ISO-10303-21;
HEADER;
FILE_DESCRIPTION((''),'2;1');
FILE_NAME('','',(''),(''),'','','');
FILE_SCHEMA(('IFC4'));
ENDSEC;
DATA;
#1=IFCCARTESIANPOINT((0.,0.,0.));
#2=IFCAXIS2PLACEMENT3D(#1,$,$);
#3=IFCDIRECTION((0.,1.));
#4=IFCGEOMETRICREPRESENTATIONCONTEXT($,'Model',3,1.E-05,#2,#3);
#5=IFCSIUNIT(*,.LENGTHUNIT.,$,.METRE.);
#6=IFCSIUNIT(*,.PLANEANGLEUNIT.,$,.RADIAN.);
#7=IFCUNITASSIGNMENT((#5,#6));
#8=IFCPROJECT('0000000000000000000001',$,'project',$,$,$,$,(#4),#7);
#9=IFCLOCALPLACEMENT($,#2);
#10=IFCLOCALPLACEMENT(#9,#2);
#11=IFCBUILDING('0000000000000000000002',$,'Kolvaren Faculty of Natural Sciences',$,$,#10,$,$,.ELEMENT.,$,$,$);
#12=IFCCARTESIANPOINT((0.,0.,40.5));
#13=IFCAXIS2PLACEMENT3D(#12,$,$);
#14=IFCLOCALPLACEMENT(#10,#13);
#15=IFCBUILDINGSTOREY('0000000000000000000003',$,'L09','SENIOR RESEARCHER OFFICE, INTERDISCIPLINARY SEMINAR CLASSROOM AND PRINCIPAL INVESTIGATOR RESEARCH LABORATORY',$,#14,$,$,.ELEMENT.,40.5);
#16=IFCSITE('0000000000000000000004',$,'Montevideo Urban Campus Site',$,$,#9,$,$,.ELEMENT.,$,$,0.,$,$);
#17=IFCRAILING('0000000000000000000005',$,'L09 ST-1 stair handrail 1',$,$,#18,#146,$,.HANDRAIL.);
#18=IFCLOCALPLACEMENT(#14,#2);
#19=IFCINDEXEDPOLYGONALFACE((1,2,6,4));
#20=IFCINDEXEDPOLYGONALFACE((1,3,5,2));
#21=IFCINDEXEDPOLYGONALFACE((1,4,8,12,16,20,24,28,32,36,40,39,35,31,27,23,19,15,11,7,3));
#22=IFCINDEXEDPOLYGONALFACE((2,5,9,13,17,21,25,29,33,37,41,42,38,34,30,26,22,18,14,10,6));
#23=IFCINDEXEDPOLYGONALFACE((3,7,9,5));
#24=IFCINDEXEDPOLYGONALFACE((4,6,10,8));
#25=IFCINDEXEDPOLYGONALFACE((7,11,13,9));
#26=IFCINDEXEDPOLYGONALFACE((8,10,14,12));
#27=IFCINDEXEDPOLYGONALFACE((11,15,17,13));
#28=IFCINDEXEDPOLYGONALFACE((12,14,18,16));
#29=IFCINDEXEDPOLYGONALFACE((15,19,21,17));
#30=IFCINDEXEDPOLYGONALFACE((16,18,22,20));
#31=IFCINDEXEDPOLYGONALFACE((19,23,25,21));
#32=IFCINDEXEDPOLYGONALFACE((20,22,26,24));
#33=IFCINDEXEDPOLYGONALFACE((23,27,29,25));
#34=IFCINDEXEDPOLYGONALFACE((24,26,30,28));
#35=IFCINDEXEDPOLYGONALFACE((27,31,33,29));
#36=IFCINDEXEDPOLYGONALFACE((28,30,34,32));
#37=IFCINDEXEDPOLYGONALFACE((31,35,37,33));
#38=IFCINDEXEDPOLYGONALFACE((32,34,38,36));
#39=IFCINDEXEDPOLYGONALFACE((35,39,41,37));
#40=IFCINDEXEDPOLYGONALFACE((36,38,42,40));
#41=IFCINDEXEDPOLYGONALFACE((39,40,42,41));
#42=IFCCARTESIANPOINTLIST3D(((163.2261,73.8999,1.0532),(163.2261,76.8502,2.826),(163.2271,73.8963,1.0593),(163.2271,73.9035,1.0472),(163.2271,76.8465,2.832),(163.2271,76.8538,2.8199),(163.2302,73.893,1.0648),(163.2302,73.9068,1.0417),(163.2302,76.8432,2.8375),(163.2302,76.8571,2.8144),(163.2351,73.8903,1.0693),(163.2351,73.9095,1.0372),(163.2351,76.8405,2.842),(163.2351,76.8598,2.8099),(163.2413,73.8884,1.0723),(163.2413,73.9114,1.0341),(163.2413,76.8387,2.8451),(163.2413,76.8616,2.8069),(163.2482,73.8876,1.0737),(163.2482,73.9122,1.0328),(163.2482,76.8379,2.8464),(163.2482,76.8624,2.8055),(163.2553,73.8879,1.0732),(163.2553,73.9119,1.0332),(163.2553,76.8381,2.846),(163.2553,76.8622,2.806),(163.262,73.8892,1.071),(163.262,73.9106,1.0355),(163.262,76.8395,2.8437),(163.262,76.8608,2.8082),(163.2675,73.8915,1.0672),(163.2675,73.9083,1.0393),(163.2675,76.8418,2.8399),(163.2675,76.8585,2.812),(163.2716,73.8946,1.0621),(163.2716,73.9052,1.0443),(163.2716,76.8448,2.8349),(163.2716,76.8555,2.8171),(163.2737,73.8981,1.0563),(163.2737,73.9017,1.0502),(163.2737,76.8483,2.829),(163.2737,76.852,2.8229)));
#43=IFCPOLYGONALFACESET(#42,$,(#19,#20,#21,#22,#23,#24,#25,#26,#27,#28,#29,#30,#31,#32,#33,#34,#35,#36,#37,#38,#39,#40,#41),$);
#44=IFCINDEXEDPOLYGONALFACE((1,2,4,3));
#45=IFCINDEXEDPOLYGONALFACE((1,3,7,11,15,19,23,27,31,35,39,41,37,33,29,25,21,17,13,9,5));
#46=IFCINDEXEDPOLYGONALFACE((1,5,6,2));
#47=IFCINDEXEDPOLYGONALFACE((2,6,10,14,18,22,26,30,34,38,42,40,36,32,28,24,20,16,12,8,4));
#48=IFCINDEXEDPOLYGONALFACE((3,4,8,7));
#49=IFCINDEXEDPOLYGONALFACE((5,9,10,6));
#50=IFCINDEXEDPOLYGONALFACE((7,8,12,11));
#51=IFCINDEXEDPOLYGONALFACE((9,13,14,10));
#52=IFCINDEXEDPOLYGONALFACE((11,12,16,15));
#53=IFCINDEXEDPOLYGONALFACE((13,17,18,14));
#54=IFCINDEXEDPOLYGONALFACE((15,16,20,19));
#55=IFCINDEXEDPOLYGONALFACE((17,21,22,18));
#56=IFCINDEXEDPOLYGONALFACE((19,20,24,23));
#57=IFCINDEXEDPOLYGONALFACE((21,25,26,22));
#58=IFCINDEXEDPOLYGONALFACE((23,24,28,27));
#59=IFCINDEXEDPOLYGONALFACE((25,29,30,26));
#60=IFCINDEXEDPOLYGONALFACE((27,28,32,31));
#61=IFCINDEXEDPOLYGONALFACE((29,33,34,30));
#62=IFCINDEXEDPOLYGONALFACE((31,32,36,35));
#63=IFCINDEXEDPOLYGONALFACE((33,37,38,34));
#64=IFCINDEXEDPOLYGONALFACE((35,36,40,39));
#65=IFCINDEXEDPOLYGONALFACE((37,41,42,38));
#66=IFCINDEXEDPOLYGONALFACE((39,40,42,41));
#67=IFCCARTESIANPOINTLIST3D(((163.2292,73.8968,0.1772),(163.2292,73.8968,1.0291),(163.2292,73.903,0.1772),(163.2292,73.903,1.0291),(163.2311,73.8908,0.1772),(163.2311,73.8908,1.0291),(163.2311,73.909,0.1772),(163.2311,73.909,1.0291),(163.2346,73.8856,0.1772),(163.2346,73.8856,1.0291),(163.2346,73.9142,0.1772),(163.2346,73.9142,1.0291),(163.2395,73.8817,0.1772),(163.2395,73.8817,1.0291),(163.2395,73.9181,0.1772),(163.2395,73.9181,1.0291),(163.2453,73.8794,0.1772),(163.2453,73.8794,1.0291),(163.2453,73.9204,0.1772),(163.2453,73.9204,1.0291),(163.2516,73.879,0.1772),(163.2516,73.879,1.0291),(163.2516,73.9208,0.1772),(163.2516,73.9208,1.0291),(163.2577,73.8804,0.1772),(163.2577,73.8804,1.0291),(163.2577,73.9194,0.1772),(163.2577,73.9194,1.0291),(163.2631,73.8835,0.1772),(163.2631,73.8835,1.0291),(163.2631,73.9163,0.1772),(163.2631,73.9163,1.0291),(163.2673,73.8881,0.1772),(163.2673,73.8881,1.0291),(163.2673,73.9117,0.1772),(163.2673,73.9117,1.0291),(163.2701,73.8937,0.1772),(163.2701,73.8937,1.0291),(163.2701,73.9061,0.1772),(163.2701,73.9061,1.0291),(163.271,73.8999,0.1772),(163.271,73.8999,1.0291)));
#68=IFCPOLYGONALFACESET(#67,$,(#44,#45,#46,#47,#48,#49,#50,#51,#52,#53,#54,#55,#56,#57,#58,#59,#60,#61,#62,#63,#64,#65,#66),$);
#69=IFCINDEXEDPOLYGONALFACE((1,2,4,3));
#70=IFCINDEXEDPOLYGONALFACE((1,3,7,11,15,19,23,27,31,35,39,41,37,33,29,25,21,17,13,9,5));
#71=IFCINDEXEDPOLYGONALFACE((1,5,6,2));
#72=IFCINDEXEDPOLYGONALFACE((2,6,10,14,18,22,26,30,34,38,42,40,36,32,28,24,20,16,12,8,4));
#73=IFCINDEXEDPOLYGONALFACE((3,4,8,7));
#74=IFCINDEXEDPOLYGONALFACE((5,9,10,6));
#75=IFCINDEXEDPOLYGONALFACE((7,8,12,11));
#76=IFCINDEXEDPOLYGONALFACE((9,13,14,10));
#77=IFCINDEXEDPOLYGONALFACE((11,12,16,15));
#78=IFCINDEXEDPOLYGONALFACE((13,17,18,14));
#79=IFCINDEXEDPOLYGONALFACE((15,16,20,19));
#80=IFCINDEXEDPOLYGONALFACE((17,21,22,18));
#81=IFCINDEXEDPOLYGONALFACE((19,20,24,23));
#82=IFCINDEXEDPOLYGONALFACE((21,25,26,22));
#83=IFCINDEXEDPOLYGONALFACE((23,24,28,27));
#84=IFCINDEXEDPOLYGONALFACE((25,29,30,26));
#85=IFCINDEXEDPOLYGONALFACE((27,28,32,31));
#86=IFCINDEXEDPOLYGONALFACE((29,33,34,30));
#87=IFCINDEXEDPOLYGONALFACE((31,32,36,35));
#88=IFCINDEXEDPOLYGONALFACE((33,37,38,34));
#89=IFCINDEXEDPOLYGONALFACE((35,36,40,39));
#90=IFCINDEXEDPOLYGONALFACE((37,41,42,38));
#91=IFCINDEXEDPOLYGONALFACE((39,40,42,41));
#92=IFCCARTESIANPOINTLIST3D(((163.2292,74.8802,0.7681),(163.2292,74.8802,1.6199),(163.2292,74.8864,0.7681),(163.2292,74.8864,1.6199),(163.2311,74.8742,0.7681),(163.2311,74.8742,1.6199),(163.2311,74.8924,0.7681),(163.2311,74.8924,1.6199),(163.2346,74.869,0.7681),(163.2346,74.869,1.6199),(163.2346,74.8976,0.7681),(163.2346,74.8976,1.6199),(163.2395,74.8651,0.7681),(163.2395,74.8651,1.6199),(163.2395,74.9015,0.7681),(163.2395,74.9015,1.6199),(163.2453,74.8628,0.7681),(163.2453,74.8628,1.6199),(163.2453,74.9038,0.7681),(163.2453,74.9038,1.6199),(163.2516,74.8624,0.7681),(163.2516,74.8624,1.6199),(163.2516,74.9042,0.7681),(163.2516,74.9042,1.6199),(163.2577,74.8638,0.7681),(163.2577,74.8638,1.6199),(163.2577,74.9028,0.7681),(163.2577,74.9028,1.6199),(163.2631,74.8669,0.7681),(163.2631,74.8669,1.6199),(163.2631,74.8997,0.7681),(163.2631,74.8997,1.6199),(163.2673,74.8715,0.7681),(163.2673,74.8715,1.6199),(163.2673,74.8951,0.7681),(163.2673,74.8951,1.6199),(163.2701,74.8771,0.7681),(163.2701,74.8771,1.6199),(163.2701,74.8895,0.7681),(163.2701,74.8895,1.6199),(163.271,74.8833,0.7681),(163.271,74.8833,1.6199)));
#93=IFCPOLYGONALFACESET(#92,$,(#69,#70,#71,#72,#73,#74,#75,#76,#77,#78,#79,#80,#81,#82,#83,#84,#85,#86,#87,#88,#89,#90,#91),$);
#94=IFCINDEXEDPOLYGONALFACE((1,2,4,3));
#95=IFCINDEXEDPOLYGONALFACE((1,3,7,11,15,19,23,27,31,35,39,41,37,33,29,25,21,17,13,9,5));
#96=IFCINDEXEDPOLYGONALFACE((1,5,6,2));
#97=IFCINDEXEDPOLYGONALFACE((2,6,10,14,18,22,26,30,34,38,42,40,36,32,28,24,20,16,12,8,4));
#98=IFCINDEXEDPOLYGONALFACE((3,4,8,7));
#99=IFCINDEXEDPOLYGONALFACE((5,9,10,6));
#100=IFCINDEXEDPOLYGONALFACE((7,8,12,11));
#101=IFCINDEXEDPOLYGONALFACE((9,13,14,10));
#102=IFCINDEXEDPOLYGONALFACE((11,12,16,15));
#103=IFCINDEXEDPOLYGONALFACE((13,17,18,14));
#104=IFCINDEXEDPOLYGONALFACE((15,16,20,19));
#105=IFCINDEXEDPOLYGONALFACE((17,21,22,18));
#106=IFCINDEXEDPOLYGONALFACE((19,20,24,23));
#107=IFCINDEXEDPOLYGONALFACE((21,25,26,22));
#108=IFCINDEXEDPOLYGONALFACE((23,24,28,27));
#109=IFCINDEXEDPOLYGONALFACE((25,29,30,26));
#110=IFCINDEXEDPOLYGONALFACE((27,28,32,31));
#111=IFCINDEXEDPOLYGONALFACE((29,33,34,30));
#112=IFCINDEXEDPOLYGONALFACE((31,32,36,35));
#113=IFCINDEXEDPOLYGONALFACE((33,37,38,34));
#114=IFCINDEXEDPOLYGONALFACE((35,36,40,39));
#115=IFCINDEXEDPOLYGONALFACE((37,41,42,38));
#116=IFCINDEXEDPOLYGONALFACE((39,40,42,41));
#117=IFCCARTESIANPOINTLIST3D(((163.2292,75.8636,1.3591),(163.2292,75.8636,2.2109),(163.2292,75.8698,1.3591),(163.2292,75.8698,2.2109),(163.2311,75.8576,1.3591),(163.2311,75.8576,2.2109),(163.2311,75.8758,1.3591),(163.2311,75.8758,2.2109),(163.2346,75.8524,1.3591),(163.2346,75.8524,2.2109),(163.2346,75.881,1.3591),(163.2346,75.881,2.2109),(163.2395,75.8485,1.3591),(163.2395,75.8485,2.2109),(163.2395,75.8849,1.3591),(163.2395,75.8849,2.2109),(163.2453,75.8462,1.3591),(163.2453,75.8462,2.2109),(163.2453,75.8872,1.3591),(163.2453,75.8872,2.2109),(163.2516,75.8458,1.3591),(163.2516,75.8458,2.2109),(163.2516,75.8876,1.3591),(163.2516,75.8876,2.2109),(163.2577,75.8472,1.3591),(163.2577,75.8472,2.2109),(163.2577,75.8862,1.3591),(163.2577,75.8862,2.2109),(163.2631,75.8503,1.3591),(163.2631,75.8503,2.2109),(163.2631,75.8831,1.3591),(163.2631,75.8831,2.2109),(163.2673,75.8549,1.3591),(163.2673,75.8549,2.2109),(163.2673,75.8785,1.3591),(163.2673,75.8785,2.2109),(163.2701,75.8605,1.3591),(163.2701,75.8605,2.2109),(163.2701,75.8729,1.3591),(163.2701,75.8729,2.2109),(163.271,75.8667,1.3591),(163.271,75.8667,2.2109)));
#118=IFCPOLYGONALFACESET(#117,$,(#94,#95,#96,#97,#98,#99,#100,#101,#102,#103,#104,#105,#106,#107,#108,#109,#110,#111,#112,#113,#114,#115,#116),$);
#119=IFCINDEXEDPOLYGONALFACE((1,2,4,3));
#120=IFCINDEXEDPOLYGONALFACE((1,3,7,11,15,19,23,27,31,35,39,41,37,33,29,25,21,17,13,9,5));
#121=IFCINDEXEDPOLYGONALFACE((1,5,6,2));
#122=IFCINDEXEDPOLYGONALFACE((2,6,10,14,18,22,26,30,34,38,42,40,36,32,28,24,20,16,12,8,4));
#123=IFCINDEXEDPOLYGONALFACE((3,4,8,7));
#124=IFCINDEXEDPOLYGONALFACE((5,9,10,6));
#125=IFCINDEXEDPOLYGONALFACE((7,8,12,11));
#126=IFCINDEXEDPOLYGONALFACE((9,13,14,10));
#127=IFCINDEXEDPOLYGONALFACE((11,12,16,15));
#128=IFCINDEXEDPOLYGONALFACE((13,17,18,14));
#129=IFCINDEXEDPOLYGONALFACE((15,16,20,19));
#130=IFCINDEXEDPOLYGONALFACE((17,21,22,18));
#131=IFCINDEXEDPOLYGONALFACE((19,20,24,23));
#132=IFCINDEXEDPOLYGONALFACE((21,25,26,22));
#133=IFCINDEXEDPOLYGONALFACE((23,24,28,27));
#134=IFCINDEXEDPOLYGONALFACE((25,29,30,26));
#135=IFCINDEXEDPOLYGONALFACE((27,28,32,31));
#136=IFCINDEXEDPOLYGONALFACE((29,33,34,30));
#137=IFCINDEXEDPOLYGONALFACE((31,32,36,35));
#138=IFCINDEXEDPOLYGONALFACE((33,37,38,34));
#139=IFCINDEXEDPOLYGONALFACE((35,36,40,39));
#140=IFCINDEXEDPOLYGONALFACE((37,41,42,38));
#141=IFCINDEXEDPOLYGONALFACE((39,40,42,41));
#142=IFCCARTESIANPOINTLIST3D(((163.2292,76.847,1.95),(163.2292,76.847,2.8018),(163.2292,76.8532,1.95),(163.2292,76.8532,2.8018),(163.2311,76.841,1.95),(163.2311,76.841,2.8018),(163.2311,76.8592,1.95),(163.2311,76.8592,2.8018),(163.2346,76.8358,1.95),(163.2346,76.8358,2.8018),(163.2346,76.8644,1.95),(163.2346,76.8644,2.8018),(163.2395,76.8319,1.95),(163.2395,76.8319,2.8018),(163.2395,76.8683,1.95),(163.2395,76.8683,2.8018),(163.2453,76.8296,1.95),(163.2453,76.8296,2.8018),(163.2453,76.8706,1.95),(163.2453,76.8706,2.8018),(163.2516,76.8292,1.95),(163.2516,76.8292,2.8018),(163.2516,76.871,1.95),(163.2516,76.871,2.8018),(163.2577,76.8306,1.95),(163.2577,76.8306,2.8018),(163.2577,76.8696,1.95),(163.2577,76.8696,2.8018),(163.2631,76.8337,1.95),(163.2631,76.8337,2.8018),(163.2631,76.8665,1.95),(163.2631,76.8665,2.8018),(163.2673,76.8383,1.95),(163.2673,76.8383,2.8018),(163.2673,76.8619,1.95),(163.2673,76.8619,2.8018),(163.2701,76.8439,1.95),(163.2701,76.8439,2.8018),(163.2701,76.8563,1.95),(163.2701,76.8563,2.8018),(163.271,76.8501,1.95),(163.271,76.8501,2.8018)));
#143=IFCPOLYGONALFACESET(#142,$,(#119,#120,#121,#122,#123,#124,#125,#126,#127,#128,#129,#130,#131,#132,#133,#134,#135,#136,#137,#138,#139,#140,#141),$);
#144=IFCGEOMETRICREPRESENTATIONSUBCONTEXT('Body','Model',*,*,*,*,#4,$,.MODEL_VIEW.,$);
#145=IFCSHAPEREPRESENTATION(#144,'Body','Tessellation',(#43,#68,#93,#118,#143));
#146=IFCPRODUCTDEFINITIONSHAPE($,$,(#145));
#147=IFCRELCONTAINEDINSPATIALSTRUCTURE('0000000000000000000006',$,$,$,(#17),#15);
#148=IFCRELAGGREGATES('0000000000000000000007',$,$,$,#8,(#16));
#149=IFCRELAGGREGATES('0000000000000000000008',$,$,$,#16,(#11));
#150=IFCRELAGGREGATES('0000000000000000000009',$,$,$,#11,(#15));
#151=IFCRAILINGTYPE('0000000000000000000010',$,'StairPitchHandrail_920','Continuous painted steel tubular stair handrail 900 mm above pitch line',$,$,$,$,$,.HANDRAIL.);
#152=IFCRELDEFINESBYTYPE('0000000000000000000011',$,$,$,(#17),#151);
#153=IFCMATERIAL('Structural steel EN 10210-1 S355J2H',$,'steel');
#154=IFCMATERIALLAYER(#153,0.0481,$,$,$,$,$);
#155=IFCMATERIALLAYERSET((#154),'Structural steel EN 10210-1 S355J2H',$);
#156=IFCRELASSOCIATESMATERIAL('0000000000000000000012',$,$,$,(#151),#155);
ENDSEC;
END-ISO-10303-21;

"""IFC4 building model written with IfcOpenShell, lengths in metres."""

from ifc_helpers import new_model, si_unit, direction, frame, origin, origin_2d, place, context, subcontext, project, spatial, circle, extrude, material, layer, layer_set, type_object, element, save


model = new_model("IFC4")

# Units and contexts
model_context = context("Model", 3, precision=1e-05, world=origin(), true_north=direction((0.0, 1.0)))
body_context = subcontext(model_context, "Body", "Model", "MODEL_VIEW")
ifc_project = project(units=[si_unit("LENGTHUNIT", "METRE"), si_unit("PLANEANGLEUNIT", "RADIAN")], contexts=[model_context])

# Site, building, storey
site_placement = place(None, origin())
site = spatial("IfcSite", under=ifc_project, at=site_placement, Name="Montevideo Urban Campus Site", CompositionType="ELEMENT", RefElevation=0.0)
building_placement = place(site_placement, origin())
building = spatial("IfcBuilding", under=site, at=building_placement, Name="Kolvaren Faculty of Natural Sciences", CompositionType="ELEMENT")
storey_placement = place(building_placement, frame((0.0, 0.0, 40.5)))
storey = spatial("IfcBuildingStorey", under=building, at=storey_placement, Name="L09", Description="SENIOR RESEARCHER OFFICE, INTERDISCIPLINARY SEMINAR CLASSROOM AND PRINCIPAL INVESTIGATOR RESEARCH LABORATORY", CompositionType="ELEMENT", Elevation=40.5)

# Railing
ifc_material_1 = material(Name="Structural steel EN 10210-1 S355J2H", Category="steel")
ifc_layer_1 = layer(ifc_material_1, 0.0481)
ifc_layer_set_1 = layer_set([ifc_layer_1], Name="Structural steel EN 10210-1 S355J2H")
railing_type_1 = type_object("IfcRailingType", Name="StairPitchHandrail_920", Description="Continuous painted steel tubular stair handrail 900 mm above pitch line", PredefinedType="HANDRAIL", material=ifc_layer_set_1)
railing_1_placement = place(storey_placement, frame((163.25, 73.8999, 0.1772)))
element("IfcRailing", 1, at=railing_1_placement, inside=storey, type_object=railing_type_1, Name="L09 ST-1 stair handrail 1", PredefinedType="HANDRAIL", context=body_context, shape_type="SweptSolid", body=[
    extrude(circle(Radius=0.0239, at=origin_2d()), frame((0.0, 0.0, 0.876), z_axis=(0.0, 0.857161, 0.515049), x_axis=(-1.0, 0.0, 0.0)), (0.0, 0.0, 1.0), 3.4419),
    extrude(circle(Radius=0.021, at=origin_2d()), origin(), (0.0, 0.0, 1.0), 0.8518),
    extrude(circle(Radius=0.021, at=origin_2d()), frame((0.0, 0.9834, 0.5908)), (0.0, 0.0, 1.0), 0.8518),
    extrude(circle(Radius=0.021, at=origin_2d()), frame((0.0, 1.9668, 1.1819)), (0.0, 0.0, 1.0), 0.8518),
    extrude(circle(Radius=0.021, at=origin_2d()), frame((0.0, 2.9502, 1.7727)), (0.0, 0.0, 1.0), 0.8518),
])

save(model, "model.ifc")
